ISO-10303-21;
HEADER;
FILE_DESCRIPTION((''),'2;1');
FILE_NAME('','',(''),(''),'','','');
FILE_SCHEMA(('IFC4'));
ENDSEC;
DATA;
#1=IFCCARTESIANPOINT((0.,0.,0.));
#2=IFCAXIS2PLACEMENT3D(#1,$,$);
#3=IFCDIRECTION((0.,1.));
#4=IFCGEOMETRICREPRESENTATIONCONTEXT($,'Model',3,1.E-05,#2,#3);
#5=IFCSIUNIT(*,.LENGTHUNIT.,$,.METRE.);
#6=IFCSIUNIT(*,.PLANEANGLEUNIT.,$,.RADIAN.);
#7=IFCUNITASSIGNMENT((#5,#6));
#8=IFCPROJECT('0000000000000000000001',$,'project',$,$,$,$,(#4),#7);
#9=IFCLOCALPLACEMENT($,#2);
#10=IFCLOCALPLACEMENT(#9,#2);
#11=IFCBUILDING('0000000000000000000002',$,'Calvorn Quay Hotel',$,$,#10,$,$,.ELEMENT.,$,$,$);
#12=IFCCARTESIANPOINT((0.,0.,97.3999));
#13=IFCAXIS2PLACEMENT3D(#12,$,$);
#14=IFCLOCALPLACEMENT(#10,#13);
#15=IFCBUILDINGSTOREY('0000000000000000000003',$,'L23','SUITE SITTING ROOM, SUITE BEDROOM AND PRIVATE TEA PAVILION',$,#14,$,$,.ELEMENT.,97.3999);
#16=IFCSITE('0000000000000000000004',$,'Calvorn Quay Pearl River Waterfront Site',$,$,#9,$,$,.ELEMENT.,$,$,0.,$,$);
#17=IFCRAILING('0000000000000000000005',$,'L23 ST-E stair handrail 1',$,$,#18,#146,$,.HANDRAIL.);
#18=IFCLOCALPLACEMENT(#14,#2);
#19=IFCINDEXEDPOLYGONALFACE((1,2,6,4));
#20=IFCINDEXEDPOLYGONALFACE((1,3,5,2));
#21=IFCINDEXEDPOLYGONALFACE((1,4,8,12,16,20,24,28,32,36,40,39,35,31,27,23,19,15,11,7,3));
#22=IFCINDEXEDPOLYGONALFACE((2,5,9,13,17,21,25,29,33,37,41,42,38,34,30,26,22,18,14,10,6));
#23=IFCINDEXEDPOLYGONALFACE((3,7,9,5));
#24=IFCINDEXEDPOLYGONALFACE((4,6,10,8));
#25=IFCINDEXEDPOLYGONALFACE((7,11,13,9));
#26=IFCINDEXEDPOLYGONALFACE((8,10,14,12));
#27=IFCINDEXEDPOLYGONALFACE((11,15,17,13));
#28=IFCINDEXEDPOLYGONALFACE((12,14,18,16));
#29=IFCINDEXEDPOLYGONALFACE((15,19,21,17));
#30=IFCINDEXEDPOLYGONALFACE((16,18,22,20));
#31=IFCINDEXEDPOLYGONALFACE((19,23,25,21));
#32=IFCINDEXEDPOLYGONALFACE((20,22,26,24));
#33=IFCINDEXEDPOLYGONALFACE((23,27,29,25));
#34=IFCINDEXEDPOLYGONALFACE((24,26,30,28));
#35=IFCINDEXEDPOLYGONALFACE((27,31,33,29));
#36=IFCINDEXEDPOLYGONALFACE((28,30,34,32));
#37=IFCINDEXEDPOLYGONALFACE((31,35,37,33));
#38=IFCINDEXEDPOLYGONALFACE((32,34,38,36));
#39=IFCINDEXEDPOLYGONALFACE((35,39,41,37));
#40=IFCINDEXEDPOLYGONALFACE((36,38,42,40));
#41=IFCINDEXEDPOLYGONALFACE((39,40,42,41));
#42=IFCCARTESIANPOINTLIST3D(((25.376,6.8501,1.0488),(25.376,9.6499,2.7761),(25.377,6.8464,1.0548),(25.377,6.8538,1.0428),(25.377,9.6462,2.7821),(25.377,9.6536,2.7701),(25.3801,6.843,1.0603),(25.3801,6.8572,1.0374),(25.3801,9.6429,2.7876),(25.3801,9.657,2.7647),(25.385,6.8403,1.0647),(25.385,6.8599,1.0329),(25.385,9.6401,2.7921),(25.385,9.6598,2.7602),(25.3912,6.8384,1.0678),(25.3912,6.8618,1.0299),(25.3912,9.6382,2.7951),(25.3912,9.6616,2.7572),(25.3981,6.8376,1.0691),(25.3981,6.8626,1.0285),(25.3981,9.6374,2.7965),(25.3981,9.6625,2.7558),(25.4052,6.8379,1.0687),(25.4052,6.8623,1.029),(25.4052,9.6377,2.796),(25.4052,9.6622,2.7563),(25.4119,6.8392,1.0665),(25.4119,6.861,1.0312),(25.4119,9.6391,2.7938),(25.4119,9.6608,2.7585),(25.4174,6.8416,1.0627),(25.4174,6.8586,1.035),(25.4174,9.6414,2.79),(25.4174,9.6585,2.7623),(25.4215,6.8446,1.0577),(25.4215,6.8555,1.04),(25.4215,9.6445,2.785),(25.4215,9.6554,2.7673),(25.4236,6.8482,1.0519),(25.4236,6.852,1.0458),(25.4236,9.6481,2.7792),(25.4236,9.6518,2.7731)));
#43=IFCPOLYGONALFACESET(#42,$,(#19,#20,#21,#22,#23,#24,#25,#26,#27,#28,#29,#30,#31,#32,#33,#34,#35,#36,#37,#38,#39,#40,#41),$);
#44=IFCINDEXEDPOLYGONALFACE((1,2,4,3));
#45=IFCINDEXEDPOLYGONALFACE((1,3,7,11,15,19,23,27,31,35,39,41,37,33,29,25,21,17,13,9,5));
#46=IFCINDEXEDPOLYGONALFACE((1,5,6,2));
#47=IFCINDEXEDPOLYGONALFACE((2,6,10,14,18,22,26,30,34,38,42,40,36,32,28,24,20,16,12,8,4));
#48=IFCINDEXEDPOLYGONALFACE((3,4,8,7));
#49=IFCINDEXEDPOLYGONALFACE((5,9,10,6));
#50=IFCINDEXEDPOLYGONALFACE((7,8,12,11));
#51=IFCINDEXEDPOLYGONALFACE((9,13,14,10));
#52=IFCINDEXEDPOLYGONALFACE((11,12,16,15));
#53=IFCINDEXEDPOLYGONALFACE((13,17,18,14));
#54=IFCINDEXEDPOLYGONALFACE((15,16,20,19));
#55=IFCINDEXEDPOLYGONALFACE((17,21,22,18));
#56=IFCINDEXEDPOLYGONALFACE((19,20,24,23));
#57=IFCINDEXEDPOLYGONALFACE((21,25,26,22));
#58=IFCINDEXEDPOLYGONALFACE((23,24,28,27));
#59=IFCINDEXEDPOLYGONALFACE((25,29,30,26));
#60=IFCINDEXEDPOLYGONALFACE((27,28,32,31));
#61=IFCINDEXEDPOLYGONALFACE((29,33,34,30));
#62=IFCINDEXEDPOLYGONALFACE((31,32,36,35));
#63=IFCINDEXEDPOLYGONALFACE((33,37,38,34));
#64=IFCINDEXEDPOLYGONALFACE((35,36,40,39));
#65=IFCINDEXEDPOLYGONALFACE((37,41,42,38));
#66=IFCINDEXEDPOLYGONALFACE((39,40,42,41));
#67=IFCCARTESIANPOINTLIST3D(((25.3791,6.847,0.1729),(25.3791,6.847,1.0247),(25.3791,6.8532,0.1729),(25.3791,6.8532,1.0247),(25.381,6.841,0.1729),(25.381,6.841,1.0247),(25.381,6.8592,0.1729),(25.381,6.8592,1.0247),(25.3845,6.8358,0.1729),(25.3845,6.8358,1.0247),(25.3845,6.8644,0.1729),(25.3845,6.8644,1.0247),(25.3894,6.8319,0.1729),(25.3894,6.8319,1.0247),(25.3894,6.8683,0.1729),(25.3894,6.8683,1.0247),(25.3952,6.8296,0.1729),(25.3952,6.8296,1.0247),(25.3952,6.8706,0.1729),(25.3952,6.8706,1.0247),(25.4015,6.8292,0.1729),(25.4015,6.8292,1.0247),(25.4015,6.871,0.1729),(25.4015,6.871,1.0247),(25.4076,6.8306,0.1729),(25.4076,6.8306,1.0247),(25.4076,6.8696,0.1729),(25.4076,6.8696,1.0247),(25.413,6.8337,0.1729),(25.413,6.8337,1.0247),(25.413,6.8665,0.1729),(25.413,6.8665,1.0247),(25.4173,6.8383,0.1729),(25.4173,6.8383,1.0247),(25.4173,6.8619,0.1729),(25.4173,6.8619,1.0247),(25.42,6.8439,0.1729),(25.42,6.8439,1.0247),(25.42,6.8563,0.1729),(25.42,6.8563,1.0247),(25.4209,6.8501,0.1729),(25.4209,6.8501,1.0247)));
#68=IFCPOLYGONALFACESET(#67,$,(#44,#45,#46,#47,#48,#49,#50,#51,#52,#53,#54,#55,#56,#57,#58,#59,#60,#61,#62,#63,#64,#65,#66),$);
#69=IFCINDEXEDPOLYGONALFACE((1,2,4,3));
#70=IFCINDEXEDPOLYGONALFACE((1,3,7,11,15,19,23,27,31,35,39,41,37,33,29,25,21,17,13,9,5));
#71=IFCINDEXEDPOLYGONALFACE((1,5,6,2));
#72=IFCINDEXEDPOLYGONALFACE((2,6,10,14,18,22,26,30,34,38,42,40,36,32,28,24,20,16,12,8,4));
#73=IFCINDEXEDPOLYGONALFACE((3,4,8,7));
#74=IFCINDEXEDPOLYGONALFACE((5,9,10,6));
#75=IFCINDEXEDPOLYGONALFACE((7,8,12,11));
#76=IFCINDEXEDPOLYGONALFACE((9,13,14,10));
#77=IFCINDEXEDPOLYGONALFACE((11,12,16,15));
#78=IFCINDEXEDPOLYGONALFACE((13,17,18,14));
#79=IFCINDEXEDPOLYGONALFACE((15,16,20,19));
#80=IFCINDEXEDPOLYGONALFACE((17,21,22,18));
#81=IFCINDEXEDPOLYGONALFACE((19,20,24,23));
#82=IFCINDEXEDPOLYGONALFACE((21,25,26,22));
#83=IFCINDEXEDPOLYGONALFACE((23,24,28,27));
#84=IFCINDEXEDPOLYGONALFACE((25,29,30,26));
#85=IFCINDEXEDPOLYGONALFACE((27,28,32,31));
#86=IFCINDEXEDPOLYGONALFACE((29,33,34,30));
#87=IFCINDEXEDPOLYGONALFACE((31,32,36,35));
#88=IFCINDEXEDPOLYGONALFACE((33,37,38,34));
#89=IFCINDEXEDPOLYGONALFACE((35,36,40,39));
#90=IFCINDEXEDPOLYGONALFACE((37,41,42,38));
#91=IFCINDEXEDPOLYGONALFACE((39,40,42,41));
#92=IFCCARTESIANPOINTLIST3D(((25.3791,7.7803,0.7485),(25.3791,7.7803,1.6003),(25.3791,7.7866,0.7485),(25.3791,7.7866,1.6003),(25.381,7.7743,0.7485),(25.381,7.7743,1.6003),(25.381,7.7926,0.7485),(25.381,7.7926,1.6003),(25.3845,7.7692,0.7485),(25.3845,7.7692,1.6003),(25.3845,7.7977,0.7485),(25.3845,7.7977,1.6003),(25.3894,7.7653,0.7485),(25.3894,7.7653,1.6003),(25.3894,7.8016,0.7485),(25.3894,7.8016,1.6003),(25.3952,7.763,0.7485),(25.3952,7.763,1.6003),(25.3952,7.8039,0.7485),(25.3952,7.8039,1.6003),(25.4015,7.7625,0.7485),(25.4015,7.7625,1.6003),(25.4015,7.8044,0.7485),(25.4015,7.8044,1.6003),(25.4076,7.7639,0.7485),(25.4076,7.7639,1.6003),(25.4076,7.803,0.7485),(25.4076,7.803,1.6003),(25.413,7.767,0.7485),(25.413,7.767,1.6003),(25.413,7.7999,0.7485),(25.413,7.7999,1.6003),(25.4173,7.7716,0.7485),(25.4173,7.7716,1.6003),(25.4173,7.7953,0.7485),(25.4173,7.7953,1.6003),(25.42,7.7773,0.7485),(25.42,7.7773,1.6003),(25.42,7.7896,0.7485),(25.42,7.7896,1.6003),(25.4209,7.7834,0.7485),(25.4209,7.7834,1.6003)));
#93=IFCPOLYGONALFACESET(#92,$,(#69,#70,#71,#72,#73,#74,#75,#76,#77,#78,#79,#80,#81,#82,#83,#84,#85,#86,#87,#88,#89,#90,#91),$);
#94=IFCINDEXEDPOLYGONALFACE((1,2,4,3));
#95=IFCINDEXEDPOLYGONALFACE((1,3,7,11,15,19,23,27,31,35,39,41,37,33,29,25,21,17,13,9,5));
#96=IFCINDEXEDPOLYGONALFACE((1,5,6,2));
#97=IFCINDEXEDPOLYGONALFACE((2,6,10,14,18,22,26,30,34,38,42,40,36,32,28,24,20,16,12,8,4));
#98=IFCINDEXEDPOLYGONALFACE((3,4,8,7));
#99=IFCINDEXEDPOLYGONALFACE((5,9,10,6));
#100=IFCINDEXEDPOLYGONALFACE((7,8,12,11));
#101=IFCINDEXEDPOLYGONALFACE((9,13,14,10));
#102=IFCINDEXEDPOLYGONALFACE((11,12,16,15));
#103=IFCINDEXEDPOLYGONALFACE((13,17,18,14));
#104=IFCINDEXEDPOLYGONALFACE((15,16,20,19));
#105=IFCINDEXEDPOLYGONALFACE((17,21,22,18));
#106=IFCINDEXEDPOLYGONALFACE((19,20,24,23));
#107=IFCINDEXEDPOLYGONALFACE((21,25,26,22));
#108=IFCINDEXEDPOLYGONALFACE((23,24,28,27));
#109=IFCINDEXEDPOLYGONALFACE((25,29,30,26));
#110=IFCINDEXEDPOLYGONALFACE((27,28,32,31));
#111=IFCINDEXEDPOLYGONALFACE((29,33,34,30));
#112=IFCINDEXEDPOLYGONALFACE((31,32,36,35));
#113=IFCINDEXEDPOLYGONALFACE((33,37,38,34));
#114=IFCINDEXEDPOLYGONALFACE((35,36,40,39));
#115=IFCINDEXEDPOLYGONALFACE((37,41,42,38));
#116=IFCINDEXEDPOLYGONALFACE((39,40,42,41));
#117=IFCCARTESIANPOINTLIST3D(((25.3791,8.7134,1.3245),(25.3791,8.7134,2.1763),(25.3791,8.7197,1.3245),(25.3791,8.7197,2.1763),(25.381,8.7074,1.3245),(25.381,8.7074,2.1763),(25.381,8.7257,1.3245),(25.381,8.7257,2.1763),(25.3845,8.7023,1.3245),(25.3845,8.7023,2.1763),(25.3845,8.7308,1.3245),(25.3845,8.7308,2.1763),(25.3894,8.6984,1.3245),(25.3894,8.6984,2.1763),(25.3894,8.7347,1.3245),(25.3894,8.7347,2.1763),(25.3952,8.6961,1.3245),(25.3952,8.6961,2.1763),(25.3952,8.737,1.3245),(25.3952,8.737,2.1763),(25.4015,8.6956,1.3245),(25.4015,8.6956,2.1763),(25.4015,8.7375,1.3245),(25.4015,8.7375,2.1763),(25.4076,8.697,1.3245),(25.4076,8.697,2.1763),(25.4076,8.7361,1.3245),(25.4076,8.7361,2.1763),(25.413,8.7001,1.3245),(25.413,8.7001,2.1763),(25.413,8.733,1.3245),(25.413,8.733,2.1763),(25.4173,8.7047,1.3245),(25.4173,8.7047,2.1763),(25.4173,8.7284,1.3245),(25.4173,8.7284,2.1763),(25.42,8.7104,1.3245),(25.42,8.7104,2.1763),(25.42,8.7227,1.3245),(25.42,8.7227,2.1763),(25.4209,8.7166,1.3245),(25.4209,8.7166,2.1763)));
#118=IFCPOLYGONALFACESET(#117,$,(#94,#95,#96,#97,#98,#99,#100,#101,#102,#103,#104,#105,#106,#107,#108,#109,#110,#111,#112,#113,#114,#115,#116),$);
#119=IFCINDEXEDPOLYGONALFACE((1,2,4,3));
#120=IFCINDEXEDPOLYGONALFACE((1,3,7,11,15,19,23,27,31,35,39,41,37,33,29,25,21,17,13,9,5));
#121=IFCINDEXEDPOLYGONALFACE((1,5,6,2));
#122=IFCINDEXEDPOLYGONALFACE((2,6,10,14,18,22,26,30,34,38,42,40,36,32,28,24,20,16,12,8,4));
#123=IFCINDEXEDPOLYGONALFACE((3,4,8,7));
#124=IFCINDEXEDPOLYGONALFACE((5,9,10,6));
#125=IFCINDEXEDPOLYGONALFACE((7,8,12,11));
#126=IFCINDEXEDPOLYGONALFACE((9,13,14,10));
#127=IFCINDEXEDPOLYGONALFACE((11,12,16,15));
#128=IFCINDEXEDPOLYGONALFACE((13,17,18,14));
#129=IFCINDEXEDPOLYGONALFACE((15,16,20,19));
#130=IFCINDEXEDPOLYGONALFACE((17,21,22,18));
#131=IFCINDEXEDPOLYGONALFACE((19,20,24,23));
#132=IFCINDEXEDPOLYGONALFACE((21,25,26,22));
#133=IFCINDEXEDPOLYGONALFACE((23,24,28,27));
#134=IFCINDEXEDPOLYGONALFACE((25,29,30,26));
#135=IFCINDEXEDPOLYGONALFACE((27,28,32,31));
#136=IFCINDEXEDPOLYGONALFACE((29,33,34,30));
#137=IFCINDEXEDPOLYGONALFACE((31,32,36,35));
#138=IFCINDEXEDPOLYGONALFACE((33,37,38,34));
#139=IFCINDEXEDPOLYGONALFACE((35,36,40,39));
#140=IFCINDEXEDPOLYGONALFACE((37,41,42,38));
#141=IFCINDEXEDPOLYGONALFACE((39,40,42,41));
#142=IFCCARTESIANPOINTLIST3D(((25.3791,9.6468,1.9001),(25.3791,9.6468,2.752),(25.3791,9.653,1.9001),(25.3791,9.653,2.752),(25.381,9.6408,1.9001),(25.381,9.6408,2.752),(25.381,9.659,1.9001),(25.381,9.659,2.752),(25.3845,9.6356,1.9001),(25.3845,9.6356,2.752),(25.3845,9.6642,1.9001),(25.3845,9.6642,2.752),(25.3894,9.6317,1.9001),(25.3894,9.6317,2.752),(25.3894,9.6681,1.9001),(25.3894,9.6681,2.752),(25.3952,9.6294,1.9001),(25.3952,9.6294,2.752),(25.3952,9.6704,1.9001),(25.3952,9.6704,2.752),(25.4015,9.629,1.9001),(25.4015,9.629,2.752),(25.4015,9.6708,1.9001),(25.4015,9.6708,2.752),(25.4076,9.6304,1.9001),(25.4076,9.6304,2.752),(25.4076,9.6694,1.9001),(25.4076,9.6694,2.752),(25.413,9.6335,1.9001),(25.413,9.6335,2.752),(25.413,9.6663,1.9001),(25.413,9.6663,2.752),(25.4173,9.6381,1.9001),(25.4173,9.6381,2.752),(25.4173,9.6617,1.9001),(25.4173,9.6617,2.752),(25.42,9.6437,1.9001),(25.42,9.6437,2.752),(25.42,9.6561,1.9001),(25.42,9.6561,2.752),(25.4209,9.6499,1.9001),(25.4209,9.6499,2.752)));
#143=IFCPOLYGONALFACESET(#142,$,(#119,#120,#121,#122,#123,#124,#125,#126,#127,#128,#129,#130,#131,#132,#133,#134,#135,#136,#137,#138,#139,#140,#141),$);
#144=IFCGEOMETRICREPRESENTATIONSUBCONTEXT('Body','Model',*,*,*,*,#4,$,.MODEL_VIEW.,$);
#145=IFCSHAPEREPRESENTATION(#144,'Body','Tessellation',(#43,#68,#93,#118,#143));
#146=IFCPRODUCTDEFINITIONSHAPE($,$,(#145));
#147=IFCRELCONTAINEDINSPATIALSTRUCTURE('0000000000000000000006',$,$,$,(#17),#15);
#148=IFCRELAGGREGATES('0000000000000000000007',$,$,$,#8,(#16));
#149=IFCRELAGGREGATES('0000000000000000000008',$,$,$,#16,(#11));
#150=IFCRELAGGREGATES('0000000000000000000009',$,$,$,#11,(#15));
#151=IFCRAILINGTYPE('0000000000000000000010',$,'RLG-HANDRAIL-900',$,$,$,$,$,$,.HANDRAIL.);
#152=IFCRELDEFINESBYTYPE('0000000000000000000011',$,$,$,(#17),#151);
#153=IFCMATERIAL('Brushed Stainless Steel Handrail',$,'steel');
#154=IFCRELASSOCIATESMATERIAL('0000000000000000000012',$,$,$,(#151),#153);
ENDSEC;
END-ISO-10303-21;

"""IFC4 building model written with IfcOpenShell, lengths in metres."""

from ifc_helpers import new_model, si_unit, direction, frame, origin, origin_2d, place, context, subcontext, project, spatial, circle, extrude, material, type_object, element, save


model = new_model("IFC4")

# Units and contexts
model_context = context("Model", 3, precision=1e-05, world=origin(), true_north=direction((0.0, 1.0)))
body_context = subcontext(model_context, "Body", "Model", "MODEL_VIEW")
ifc_project = project(units=[si_unit("LENGTHUNIT", "METRE"), si_unit("PLANEANGLEUNIT", "RADIAN")], contexts=[model_context])

# Site, building, storey
site_placement = place(None, origin())
site = spatial("IfcSite", under=ifc_project, at=site_placement, Name="Calvorn Quay Pearl River Waterfront Site", CompositionType="ELEMENT", RefElevation=0.0)
building_placement = place(site_placement, origin())
building = spatial("IfcBuilding", under=site, at=building_placement, Name="Calvorn Quay Hotel", CompositionType="ELEMENT")
storey_placement = place(building_placement, frame((0.0, 0.0, 97.3999)))
storey = spatial("IfcBuildingStorey", under=building, at=storey_placement, Name="L23", Description="SUITE SITTING ROOM, SUITE BEDROOM AND PRIVATE TEA PAVILION", CompositionType="ELEMENT", Elevation=97.3999)

# Railing
ifc_material_1 = material(Name="Brushed Stainless Steel Handrail", Category="steel")
railing_type_1 = type_object("IfcRailingType", Name="RLG-HANDRAIL-900", PredefinedType="HANDRAIL", material=ifc_material_1)
railing_1_placement = place(storey_placement, frame((25.3999, 6.8501, 0.1729)))
element("IfcRailing", 1, at=railing_1_placement, inside=storey, type_object=railing_type_1, Name="L23 ST-E stair handrail 1", PredefinedType="HANDRAIL", context=body_context, shape_type="SweptSolid", body=[
    extrude(circle(Radius=0.0239, at=origin_2d()), frame((0.0, 0.0, 0.876), z_axis=(0.0, 0.851069, 0.525054), x_axis=(-1.0, 0.0, 0.0)), (0.0, 0.0, 1.0), 3.2898),
    extrude(circle(Radius=0.021, at=origin_2d()), origin(), (0.0, 0.0, 1.0), 0.8518),
    extrude(circle(Radius=0.021, at=origin_2d()), frame((0.0, 0.9333, 0.5757)), (0.0, 0.0, 1.0), 0.8518),
    extrude(circle(Radius=0.021, at=origin_2d()), frame((0.0, 1.8665, 1.1516)), (0.0, 0.0, 1.0), 0.8518),
    extrude(circle(Radius=0.021, at=origin_2d()), frame((0.0, 2.7998, 1.7273)), (0.0, 0.0, 1.0), 0.8518),
])

save(model, "model.ifc")
